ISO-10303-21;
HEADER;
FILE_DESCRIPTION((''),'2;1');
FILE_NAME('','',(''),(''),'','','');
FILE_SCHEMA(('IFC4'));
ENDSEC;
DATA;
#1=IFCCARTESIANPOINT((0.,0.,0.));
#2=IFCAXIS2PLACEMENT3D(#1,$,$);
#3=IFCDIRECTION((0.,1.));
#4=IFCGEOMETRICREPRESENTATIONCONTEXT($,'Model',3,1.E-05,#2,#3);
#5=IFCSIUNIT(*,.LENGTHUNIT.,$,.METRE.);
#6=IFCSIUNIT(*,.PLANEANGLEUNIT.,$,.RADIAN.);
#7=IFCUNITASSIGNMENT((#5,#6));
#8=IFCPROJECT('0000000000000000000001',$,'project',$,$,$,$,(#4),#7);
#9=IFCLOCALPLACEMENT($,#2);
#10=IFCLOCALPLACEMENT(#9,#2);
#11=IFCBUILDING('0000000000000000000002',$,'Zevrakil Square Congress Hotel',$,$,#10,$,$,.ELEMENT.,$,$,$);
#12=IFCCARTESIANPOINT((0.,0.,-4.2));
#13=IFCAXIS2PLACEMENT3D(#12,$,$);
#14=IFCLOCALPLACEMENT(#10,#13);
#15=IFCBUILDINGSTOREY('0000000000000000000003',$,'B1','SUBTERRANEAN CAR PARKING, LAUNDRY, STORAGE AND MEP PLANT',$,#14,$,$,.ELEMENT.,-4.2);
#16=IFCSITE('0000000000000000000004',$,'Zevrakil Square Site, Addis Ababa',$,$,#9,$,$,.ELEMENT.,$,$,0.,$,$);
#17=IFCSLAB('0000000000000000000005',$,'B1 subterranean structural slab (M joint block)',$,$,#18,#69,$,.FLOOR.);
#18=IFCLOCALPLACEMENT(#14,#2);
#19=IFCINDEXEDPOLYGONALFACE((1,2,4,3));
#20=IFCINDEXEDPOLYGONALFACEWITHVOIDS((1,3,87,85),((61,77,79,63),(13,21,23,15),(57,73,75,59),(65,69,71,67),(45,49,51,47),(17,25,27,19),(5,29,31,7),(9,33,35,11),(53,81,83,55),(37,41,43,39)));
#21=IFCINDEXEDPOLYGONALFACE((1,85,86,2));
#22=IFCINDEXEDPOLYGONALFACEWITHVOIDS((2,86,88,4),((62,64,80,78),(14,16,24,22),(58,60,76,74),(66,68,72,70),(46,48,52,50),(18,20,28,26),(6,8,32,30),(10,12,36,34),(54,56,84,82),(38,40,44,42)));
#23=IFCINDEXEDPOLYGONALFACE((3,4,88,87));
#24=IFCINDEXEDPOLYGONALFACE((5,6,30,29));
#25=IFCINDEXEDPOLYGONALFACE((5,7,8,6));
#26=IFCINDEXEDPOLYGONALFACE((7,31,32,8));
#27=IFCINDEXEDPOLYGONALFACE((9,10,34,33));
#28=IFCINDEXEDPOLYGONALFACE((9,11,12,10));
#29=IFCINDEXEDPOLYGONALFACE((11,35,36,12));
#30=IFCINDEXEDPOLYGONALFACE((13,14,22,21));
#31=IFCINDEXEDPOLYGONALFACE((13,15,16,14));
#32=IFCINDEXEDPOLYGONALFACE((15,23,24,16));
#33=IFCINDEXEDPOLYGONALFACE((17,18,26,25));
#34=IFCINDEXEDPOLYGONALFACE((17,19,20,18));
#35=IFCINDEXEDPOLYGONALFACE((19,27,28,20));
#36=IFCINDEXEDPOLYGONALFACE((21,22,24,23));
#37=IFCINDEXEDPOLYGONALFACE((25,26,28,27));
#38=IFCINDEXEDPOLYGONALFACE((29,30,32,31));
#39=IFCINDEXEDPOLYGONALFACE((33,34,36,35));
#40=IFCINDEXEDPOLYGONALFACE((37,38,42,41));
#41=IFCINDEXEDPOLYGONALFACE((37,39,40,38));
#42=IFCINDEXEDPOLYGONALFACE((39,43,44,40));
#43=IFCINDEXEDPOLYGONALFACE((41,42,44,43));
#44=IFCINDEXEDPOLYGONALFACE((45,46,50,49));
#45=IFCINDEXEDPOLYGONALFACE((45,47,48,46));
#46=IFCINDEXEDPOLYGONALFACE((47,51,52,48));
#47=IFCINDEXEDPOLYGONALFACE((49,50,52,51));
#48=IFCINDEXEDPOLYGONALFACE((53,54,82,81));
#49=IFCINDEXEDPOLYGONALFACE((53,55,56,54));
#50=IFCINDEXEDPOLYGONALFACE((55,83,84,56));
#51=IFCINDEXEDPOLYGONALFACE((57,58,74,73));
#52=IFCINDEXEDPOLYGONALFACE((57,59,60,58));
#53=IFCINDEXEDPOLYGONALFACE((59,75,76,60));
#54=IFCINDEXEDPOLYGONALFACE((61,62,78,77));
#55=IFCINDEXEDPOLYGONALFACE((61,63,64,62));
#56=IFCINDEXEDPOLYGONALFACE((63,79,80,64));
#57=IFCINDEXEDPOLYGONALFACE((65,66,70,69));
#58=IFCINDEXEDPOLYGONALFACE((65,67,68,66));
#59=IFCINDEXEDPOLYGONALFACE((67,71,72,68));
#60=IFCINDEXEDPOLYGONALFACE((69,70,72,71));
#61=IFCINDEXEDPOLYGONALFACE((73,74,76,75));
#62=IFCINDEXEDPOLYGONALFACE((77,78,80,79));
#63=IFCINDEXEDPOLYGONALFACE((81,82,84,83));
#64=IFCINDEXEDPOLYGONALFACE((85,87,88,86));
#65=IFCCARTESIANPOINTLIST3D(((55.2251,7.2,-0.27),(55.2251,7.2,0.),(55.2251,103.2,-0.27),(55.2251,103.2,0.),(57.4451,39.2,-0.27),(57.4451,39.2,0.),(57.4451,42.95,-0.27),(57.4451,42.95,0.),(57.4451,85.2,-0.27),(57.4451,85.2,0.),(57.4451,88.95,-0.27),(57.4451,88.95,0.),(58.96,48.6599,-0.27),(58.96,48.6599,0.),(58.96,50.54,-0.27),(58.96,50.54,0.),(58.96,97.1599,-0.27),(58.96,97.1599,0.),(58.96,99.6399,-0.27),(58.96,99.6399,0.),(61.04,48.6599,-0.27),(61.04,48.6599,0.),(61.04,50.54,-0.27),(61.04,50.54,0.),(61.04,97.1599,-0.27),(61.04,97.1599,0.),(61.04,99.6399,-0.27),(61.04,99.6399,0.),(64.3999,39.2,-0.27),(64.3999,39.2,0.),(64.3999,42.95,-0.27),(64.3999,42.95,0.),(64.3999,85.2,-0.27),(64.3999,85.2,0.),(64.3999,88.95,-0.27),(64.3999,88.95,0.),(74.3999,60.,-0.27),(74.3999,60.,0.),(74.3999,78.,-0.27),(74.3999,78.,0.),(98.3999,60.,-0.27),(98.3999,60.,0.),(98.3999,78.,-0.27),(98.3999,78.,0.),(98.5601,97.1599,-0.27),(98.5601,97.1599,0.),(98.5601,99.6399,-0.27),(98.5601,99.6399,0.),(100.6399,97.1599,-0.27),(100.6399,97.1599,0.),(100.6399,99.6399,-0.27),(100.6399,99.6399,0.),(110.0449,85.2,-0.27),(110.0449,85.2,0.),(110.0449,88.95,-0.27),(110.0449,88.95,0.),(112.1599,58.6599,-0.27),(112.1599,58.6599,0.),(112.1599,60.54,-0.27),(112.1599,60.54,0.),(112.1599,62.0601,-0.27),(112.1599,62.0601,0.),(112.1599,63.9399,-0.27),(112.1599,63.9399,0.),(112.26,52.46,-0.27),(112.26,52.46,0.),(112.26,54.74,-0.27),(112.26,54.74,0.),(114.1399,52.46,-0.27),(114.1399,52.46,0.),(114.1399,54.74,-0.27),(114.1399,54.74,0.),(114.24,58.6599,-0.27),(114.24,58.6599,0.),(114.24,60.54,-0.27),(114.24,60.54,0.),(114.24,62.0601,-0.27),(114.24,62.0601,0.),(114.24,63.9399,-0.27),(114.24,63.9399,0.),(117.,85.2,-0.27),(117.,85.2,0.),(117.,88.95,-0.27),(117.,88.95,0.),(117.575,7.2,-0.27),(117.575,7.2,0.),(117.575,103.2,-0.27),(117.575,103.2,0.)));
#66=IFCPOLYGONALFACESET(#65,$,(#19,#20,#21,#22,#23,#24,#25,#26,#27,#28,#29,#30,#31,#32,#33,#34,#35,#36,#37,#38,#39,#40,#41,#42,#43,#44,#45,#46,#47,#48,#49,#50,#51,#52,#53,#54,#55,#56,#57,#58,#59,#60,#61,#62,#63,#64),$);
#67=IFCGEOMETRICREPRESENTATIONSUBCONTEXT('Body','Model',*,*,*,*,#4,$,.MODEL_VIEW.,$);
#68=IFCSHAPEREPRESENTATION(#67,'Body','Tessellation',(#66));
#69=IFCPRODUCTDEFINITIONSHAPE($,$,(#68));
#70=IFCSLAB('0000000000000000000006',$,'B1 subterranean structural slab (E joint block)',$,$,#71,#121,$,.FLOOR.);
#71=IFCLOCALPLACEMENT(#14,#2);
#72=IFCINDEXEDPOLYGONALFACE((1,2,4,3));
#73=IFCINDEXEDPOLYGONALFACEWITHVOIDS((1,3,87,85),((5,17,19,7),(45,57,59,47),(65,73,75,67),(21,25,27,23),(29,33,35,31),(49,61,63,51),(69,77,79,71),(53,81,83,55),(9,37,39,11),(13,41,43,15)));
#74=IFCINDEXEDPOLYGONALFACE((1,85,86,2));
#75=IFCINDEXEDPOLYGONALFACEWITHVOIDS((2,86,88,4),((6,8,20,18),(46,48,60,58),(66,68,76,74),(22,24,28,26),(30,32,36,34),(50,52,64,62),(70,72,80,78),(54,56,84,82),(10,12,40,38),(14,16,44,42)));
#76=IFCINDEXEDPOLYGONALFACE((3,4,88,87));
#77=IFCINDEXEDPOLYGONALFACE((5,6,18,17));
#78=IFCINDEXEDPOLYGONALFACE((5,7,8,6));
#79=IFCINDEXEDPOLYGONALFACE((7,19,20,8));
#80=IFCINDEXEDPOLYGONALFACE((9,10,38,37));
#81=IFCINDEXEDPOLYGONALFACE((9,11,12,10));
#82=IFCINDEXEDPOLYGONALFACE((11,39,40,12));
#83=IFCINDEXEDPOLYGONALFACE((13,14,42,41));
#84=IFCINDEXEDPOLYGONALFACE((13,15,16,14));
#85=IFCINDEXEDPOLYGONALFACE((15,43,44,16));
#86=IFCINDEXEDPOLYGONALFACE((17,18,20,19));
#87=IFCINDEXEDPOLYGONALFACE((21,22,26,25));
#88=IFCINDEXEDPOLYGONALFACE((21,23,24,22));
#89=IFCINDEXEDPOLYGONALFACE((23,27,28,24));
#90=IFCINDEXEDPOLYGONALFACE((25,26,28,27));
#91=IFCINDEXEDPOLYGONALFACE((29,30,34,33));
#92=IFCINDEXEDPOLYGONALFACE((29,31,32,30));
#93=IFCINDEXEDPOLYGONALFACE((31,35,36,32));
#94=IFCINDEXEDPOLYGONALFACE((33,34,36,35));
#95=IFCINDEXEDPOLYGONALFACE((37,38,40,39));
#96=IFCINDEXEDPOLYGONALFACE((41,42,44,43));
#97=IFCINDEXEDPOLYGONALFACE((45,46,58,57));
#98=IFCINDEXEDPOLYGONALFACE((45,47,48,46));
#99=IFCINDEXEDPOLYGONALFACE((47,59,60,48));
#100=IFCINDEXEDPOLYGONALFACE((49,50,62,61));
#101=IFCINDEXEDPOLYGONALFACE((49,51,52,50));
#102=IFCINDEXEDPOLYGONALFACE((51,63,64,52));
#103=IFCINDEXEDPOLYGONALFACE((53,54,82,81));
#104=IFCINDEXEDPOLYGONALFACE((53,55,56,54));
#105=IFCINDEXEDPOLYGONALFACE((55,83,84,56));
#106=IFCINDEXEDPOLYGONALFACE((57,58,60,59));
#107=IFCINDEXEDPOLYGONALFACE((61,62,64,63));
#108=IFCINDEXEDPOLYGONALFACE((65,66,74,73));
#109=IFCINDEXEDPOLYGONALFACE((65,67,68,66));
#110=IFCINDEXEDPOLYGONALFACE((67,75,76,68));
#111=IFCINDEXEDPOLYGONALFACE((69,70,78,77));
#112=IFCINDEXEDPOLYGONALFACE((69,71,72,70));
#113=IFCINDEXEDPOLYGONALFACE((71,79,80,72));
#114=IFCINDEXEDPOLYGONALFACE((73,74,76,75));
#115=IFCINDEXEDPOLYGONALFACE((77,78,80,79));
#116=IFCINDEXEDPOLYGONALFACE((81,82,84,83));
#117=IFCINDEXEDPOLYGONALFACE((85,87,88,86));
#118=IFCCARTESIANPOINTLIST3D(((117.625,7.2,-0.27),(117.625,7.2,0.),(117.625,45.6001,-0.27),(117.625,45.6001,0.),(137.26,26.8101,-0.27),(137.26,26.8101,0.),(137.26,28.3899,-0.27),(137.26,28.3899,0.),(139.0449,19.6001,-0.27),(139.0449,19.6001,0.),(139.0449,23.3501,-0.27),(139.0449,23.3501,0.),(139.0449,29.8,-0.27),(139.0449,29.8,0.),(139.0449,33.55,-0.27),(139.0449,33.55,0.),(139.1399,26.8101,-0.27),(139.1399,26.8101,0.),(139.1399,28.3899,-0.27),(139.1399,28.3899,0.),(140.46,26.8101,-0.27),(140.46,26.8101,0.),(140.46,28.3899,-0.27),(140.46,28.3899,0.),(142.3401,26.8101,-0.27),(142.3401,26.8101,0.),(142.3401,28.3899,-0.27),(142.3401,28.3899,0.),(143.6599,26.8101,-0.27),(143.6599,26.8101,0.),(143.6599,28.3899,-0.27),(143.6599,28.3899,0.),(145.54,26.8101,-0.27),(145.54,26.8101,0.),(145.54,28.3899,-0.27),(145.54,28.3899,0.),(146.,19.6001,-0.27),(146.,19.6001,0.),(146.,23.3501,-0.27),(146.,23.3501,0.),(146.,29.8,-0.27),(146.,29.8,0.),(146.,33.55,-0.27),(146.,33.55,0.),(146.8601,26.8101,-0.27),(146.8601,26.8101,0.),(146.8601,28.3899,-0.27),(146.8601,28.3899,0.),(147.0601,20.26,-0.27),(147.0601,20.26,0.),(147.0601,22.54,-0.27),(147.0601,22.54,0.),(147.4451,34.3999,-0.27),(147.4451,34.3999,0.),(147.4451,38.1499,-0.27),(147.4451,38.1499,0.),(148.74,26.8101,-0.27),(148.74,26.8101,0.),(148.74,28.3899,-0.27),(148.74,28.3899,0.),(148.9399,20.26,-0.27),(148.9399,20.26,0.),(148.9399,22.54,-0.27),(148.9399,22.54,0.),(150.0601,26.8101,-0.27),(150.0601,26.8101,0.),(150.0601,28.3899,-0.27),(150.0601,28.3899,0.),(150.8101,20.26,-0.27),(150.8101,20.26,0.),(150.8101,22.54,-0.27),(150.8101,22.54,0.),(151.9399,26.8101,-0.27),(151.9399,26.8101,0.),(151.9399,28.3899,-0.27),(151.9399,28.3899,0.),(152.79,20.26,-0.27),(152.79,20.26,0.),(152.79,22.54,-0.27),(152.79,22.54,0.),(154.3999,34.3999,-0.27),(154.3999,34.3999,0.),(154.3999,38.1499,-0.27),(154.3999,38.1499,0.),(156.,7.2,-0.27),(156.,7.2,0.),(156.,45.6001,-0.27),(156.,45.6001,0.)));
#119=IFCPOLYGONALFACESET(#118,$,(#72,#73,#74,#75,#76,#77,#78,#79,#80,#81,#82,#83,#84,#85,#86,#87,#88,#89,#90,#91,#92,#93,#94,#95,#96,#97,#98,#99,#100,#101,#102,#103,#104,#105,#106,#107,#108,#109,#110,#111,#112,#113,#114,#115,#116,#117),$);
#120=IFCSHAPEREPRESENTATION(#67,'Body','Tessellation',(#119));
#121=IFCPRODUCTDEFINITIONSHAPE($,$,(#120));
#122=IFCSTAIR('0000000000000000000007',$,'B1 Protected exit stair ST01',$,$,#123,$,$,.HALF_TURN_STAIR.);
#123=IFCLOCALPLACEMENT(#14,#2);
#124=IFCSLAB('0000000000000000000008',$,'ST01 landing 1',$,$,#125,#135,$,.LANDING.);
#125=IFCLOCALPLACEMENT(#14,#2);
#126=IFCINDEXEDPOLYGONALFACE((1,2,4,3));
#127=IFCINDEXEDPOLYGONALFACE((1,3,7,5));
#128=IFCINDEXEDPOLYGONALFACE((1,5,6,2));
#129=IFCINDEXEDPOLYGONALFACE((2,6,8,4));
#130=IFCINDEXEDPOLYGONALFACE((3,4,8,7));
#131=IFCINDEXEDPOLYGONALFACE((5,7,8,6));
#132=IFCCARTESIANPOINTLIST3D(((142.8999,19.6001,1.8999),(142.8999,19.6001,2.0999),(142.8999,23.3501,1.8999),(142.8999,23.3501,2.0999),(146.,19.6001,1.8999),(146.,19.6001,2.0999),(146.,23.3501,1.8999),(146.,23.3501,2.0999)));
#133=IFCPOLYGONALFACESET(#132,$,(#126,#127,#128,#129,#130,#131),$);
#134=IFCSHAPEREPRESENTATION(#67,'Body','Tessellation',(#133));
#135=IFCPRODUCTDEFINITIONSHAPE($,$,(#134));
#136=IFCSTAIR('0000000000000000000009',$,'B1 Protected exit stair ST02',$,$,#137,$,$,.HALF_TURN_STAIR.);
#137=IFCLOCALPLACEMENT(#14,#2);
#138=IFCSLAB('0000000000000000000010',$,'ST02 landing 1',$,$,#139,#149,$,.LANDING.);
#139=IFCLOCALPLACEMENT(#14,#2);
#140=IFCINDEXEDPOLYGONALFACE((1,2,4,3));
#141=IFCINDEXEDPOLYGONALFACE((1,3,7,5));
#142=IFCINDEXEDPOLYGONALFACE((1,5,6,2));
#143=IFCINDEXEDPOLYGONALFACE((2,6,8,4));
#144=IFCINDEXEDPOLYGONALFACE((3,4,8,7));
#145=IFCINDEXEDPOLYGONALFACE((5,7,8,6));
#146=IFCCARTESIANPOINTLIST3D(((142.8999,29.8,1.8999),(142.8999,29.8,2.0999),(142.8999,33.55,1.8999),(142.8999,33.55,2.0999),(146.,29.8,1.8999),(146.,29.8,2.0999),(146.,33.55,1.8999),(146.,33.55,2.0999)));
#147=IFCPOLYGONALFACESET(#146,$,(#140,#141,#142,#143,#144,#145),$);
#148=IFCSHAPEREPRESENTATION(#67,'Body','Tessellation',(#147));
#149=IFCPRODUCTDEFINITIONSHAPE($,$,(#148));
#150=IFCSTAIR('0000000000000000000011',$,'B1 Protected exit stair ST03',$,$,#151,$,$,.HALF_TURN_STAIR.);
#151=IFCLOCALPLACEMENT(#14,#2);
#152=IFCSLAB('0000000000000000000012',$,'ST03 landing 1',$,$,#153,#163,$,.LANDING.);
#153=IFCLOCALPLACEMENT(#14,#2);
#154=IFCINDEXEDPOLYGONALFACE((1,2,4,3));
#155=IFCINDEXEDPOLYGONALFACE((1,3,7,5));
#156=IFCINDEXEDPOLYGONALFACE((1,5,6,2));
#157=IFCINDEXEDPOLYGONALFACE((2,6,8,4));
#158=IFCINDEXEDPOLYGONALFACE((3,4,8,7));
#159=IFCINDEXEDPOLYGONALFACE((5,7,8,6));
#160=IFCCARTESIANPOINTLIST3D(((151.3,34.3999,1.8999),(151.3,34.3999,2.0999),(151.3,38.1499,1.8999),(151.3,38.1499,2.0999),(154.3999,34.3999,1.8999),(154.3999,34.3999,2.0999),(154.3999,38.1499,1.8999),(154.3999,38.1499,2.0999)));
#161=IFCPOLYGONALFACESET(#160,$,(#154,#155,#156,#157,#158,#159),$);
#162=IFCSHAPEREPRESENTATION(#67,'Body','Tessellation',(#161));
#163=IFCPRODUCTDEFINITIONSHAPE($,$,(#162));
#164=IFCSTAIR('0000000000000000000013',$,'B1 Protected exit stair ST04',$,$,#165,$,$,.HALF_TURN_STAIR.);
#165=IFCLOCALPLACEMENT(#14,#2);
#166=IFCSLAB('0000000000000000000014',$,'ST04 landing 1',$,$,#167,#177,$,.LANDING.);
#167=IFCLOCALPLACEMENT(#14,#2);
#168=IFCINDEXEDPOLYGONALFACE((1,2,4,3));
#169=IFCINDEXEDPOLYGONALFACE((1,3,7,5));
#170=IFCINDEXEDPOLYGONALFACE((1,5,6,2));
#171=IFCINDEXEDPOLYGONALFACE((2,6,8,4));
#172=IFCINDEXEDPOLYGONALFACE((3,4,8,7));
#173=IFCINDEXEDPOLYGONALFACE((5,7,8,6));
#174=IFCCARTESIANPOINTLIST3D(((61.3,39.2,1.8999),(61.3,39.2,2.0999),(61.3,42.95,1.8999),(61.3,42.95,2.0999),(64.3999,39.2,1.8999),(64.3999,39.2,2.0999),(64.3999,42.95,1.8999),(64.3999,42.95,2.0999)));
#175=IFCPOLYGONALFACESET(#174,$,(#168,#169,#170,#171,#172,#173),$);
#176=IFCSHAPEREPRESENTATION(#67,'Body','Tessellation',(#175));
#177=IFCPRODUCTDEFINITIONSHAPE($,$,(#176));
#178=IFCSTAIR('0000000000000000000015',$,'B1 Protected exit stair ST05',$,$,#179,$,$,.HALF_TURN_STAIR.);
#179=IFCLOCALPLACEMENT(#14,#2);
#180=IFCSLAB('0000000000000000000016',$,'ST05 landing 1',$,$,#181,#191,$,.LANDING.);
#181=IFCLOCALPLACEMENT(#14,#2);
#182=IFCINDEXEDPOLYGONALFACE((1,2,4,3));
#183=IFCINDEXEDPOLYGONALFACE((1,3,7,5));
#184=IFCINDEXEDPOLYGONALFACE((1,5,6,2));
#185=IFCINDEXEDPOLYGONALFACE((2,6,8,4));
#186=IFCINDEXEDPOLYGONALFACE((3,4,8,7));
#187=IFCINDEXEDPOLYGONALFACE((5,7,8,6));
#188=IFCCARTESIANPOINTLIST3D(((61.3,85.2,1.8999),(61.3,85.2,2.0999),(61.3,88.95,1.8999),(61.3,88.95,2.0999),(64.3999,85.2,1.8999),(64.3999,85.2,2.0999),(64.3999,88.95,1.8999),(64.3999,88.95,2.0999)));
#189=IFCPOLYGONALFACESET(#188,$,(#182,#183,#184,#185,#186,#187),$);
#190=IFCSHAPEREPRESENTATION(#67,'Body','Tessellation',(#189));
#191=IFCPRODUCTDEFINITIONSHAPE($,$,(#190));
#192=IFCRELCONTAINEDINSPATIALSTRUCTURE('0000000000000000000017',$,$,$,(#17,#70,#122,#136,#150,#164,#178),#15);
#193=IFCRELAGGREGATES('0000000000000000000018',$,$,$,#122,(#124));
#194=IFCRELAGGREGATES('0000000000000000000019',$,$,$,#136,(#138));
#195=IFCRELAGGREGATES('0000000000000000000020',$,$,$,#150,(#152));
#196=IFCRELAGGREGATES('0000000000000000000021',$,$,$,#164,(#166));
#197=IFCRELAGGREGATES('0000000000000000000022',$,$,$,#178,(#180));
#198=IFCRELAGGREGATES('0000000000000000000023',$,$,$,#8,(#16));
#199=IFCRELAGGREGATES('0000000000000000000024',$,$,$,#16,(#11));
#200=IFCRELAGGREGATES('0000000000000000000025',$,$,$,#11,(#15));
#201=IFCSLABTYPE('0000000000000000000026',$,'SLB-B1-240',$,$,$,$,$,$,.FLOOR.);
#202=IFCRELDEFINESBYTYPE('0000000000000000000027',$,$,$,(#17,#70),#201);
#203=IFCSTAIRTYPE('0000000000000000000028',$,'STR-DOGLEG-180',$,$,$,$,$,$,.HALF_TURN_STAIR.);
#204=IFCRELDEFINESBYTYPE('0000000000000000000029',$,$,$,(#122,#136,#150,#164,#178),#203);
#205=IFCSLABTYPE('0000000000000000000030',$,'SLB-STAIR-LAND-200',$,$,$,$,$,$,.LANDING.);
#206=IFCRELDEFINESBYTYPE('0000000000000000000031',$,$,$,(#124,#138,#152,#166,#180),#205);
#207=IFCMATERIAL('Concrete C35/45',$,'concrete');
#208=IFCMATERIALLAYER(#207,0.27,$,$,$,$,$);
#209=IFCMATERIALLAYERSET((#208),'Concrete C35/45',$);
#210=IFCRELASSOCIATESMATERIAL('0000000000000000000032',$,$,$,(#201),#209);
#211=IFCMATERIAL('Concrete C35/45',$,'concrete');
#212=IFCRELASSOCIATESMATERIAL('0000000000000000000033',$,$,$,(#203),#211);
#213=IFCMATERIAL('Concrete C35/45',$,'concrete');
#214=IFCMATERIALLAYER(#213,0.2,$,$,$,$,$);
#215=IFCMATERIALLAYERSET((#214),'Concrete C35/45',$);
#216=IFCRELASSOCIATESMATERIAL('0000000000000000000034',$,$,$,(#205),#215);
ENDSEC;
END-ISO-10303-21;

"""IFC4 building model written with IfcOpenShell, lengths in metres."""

from ifc_helpers import new_model, si_unit, direction, frame, origin, place, context, subcontext, project, spatial, polyline, outline, extrude, material, layer, layer_set, type_object, element, aggregate, save


model = new_model("IFC4")

# Units and contexts
model_context = context("Model", 3, precision=1e-05, world=origin(), true_north=direction((0.0, 1.0)))
body_context = subcontext(model_context, "Body", "Model", "MODEL_VIEW")
ifc_project = project(units=[si_unit("LENGTHUNIT", "METRE"), si_unit("PLANEANGLEUNIT", "RADIAN")], contexts=[model_context])

# Site, building, storey
site_placement = place(None, origin())
site = spatial("IfcSite", under=ifc_project, at=site_placement, Name="Zevrakil Square Site, Addis Ababa", CompositionType="ELEMENT", RefElevation=0.0)
building_placement = place(site_placement, origin())
building = spatial("IfcBuilding", under=site, at=building_placement, Name="Zevrakil Square Congress Hotel", CompositionType="ELEMENT")
storey_placement = place(building_placement, frame((0.0, 0.0, -4.2)))
storey = spatial("IfcBuildingStorey", under=building, at=storey_placement, Name="B1", Description="SUBTERRANEAN CAR PARKING, LAUNDRY, STORAGE AND MEP PLANT", CompositionType="ELEMENT", Elevation=-4.2)

# Slabs
ifc_material_1 = material(Name="Concrete C35/45", Category="concrete")
ifc_layer_1 = layer(ifc_material_1, 0.27)
ifc_layer_set_1 = layer_set([ifc_layer_1], Name="Concrete C35/45")
slab_type_1 = type_object("IfcSlabType", Name="SLB-B1-240", PredefinedType="FLOOR", material=ifc_layer_set_1)
slab_1_placement = place(storey_placement, frame((0.0, 0.0, -0.27)))
element("IfcSlab", 1, at=slab_1_placement, inside=storey, type_object=slab_type_1, Name="B1 subterranean structural slab (M joint block)", PredefinedType="FLOOR", context=body_context, shape_type="SweptSolid", body=[
    extrude(outline(polyline([(55.2251, 7.2), (55.2251, 103.2), (117.575, 103.2), (117.575, 7.2), (55.2251, 7.2)]), holes=[polyline([(57.4451, 39.2), (64.3999, 39.2), (64.3999, 42.95), (57.4451, 42.95), (57.4451, 39.2)]), polyline([(57.4451, 85.2), (64.3999, 85.2), (64.3999, 88.95), (57.4451, 88.95), (57.4451, 85.2)]), polyline([(110.0449, 85.2), (117.0, 85.2), (117.0, 88.95), (110.0449, 88.95), (110.0449, 85.2)]), polyline([(112.26, 52.46), (114.1399, 52.46), (114.1399, 54.74), (112.26, 54.74), (112.26, 52.46)]), polyline([(112.1599, 58.6599), (114.24, 58.6599), (114.24, 60.54), (112.1599, 60.54), (112.1599, 58.6599)]), polyline([(112.1599, 62.0601), (114.24, 62.0601), (114.24, 63.9399), (112.1599, 63.9399), (112.1599, 62.0601)]), polyline([(58.96, 48.6599), (61.04, 48.6599), (61.04, 50.54), (58.96, 50.54), (58.96, 48.6599)]), polyline([(58.96, 97.1599), (61.04, 97.1599), (61.04, 99.6399), (58.96, 99.6399), (58.96, 97.1599)]), polyline([(98.5601, 97.1599), (100.6399, 97.1599), (100.6399, 99.6399), (98.5601, 99.6399), (98.5601, 97.1599)]), polyline([(74.3999, 60.0), (98.3999, 60.0), (98.3999, 78.0), (74.3999, 78.0), (74.3999, 60.0)])]), origin(), (0.0, 0.0, 1.0), 0.27),
])
slab_2_placement = place(storey_placement, frame((0.0, 0.0, -0.27)))
element("IfcSlab", 2, at=slab_2_placement, inside=storey, type_object=slab_type_1, Name="B1 subterranean structural slab (E joint block)", PredefinedType="FLOOR", context=body_context, shape_type="SweptSolid", body=[
    extrude(outline(polyline([(156.0, 45.6001), (156.0, 7.2), (117.625, 7.2), (117.625, 45.6001), (156.0, 45.6001)]), holes=[polyline([(139.0449, 19.6001), (146.0, 19.6001), (146.0, 23.3501), (139.0449, 23.3501), (139.0449, 19.6001)]), polyline([(139.0449, 29.8), (146.0, 29.8), (146.0, 33.55), (139.0449, 33.55), (139.0449, 29.8)]), polyline([(147.4451, 34.3999), (154.3999, 34.3999), (154.3999, 38.1499), (147.4451, 38.1499), (147.4451, 34.3999)]), polyline([(137.26, 26.8101), (139.1399, 26.8101), (139.1399, 28.3899), (137.26, 28.3899), (137.26, 26.8101)]), polyline([(140.46, 26.8101), (142.3401, 26.8101), (142.3401, 28.3899), (140.46, 28.3899), (140.46, 26.8101)]), polyline([(143.6599, 26.8101), (145.54, 26.8101), (145.54, 28.3899), (143.6599, 28.3899), (143.6599, 26.8101)]), polyline([(146.8601, 26.8101), (148.74, 26.8101), (148.74, 28.3899), (146.8601, 28.3899), (146.8601, 26.8101)]), polyline([(150.0601, 26.8101), (151.9399, 26.8101), (151.9399, 28.3899), (150.0601, 28.3899), (150.0601, 26.8101)]), polyline([(147.0601, 20.26), (148.9399, 20.26), (148.9399, 22.54), (147.0601, 22.54), (147.0601, 20.26)]), polyline([(150.8101, 20.26), (152.79, 20.26), (152.79, 22.54), (150.8101, 22.54), (150.8101, 20.26)])]), origin(), (0.0, 0.0, 1.0), 0.27),
])

# Stairs, slabs
ifc_material_2 = material(Name="Concrete C35/45", Category="concrete")
stair_type = type_object("IfcStairType", Name="STR-DOGLEG-180", PredefinedType="HALF_TURN_STAIR", material=ifc_material_2)
stair_1_placement = place(storey_placement, origin())
stair_1 = element("IfcStair", 3, at=stair_1_placement, inside=storey, type_object=stair_type, Name="B1 Protected exit stair ST01", PredefinedType="HALF_TURN_STAIR")
ifc_material_3 = material(Name="Concrete C35/45", Category="concrete")
ifc_layer_2 = layer(ifc_material_3, 0.2)
ifc_layer_set_2 = layer_set([ifc_layer_2], Name="Concrete C35/45")
slab_type_2 = type_object("IfcSlabType", Name="SLB-STAIR-LAND-200", PredefinedType="LANDING", material=ifc_layer_set_2)
slab_3_placement = place(storey_placement, frame((0.0, 0.0, 1.8999)))
slab_3 = element("IfcSlab", 4, at=slab_3_placement, type_object=slab_type_2, Name="ST01 landing 1", PredefinedType="LANDING", context=body_context, shape_type="SweptSolid", body=[
    extrude(outline(polyline([(142.8999, 19.6001), (146.0, 19.6001), (146.0, 23.3501), (142.8999, 23.3501), (142.8999, 19.6001)])), origin(), (0.0, 0.0, 1.0), 0.2),
])
aggregate(stair_1, [slab_3])
stair_2_placement = place(storey_placement, origin())
stair_2 = element("IfcStair", 5, at=stair_2_placement, inside=storey, type_object=stair_type, Name="B1 Protected exit stair ST02", PredefinedType="HALF_TURN_STAIR")
slab_4_placement = place(storey_placement, frame((0.0, 0.0, 1.8999)))
slab_4 = element("IfcSlab", 6, at=slab_4_placement, type_object=slab_type_2, Name="ST02 landing 1", PredefinedType="LANDING", context=body_context, shape_type="SweptSolid", body=[
    extrude(outline(polyline([(142.8999, 29.8), (146.0, 29.8), (146.0, 33.55), (142.8999, 33.55), (142.8999, 29.8)])), origin(), (0.0, 0.0, 1.0), 0.2),
])
aggregate(stair_2, [slab_4])
stair_3_placement = place(storey_placement, origin())
stair_3 = element("IfcStair", 7, at=stair_3_placement, inside=storey, type_object=stair_type, Name="B1 Protected exit stair ST03", PredefinedType="HALF_TURN_STAIR")
slab_5_placement = place(storey_placement, frame((0.0, 0.0, 1.8999)))
slab_5 = element("IfcSlab", 8, at=slab_5_placement, type_object=slab_type_2, Name="ST03 landing 1", PredefinedType="LANDING", context=body_context, shape_type="SweptSolid", body=[
    extrude(outline(polyline([(151.3, 34.3999), (154.3999, 34.3999), (154.3999, 38.1499), (151.3, 38.1499), (151.3, 34.3999)])), origin(), (0.0, 0.0, 1.0), 0.2),
])
aggregate(stair_3, [slab_5])
stair_4_placement = place(storey_placement, origin())
stair_4 = element("IfcStair", 9, at=stair_4_placement, inside=storey, type_object=stair_type, Name="B1 Protected exit stair ST04", PredefinedType="HALF_TURN_STAIR")
slab_6_placement = place(storey_placement, frame((0.0, 0.0, 1.8999)))
slab_6 = element("IfcSlab", 10, at=slab_6_placement, type_object=slab_type_2, Name="ST04 landing 1", PredefinedType="LANDING", context=body_context, shape_type="SweptSolid", body=[
    extrude(outline(polyline([(61.3, 39.2), (64.3999, 39.2), (64.3999, 42.95), (61.3, 42.95), (61.3, 39.2)])), origin(), (0.0, 0.0, 1.0), 0.2),
])
aggregate(stair_4, [slab_6])
stair_5_placement = place(storey_placement, origin())
stair_5 = element("IfcStair", 11, at=stair_5_placement, inside=storey, type_object=stair_type, Name="B1 Protected exit stair ST05", PredefinedType="HALF_TURN_STAIR")
slab_7_placement = place(storey_placement, frame((0.0, 0.0, 1.8999)))
slab_7 = element("IfcSlab", 12, at=slab_7_placement, type_object=slab_type_2, Name="ST05 landing 1", PredefinedType="LANDING", context=body_context, shape_type="SweptSolid", body=[
    extrude(outline(polyline([(61.3, 85.2), (64.3999, 85.2), (64.3999, 88.95), (61.3, 88.95), (61.3, 85.2)])), origin(), (0.0, 0.0, 1.0), 0.2),
])
aggregate(stair_5, [slab_7])

save(model, "model.ifc")
